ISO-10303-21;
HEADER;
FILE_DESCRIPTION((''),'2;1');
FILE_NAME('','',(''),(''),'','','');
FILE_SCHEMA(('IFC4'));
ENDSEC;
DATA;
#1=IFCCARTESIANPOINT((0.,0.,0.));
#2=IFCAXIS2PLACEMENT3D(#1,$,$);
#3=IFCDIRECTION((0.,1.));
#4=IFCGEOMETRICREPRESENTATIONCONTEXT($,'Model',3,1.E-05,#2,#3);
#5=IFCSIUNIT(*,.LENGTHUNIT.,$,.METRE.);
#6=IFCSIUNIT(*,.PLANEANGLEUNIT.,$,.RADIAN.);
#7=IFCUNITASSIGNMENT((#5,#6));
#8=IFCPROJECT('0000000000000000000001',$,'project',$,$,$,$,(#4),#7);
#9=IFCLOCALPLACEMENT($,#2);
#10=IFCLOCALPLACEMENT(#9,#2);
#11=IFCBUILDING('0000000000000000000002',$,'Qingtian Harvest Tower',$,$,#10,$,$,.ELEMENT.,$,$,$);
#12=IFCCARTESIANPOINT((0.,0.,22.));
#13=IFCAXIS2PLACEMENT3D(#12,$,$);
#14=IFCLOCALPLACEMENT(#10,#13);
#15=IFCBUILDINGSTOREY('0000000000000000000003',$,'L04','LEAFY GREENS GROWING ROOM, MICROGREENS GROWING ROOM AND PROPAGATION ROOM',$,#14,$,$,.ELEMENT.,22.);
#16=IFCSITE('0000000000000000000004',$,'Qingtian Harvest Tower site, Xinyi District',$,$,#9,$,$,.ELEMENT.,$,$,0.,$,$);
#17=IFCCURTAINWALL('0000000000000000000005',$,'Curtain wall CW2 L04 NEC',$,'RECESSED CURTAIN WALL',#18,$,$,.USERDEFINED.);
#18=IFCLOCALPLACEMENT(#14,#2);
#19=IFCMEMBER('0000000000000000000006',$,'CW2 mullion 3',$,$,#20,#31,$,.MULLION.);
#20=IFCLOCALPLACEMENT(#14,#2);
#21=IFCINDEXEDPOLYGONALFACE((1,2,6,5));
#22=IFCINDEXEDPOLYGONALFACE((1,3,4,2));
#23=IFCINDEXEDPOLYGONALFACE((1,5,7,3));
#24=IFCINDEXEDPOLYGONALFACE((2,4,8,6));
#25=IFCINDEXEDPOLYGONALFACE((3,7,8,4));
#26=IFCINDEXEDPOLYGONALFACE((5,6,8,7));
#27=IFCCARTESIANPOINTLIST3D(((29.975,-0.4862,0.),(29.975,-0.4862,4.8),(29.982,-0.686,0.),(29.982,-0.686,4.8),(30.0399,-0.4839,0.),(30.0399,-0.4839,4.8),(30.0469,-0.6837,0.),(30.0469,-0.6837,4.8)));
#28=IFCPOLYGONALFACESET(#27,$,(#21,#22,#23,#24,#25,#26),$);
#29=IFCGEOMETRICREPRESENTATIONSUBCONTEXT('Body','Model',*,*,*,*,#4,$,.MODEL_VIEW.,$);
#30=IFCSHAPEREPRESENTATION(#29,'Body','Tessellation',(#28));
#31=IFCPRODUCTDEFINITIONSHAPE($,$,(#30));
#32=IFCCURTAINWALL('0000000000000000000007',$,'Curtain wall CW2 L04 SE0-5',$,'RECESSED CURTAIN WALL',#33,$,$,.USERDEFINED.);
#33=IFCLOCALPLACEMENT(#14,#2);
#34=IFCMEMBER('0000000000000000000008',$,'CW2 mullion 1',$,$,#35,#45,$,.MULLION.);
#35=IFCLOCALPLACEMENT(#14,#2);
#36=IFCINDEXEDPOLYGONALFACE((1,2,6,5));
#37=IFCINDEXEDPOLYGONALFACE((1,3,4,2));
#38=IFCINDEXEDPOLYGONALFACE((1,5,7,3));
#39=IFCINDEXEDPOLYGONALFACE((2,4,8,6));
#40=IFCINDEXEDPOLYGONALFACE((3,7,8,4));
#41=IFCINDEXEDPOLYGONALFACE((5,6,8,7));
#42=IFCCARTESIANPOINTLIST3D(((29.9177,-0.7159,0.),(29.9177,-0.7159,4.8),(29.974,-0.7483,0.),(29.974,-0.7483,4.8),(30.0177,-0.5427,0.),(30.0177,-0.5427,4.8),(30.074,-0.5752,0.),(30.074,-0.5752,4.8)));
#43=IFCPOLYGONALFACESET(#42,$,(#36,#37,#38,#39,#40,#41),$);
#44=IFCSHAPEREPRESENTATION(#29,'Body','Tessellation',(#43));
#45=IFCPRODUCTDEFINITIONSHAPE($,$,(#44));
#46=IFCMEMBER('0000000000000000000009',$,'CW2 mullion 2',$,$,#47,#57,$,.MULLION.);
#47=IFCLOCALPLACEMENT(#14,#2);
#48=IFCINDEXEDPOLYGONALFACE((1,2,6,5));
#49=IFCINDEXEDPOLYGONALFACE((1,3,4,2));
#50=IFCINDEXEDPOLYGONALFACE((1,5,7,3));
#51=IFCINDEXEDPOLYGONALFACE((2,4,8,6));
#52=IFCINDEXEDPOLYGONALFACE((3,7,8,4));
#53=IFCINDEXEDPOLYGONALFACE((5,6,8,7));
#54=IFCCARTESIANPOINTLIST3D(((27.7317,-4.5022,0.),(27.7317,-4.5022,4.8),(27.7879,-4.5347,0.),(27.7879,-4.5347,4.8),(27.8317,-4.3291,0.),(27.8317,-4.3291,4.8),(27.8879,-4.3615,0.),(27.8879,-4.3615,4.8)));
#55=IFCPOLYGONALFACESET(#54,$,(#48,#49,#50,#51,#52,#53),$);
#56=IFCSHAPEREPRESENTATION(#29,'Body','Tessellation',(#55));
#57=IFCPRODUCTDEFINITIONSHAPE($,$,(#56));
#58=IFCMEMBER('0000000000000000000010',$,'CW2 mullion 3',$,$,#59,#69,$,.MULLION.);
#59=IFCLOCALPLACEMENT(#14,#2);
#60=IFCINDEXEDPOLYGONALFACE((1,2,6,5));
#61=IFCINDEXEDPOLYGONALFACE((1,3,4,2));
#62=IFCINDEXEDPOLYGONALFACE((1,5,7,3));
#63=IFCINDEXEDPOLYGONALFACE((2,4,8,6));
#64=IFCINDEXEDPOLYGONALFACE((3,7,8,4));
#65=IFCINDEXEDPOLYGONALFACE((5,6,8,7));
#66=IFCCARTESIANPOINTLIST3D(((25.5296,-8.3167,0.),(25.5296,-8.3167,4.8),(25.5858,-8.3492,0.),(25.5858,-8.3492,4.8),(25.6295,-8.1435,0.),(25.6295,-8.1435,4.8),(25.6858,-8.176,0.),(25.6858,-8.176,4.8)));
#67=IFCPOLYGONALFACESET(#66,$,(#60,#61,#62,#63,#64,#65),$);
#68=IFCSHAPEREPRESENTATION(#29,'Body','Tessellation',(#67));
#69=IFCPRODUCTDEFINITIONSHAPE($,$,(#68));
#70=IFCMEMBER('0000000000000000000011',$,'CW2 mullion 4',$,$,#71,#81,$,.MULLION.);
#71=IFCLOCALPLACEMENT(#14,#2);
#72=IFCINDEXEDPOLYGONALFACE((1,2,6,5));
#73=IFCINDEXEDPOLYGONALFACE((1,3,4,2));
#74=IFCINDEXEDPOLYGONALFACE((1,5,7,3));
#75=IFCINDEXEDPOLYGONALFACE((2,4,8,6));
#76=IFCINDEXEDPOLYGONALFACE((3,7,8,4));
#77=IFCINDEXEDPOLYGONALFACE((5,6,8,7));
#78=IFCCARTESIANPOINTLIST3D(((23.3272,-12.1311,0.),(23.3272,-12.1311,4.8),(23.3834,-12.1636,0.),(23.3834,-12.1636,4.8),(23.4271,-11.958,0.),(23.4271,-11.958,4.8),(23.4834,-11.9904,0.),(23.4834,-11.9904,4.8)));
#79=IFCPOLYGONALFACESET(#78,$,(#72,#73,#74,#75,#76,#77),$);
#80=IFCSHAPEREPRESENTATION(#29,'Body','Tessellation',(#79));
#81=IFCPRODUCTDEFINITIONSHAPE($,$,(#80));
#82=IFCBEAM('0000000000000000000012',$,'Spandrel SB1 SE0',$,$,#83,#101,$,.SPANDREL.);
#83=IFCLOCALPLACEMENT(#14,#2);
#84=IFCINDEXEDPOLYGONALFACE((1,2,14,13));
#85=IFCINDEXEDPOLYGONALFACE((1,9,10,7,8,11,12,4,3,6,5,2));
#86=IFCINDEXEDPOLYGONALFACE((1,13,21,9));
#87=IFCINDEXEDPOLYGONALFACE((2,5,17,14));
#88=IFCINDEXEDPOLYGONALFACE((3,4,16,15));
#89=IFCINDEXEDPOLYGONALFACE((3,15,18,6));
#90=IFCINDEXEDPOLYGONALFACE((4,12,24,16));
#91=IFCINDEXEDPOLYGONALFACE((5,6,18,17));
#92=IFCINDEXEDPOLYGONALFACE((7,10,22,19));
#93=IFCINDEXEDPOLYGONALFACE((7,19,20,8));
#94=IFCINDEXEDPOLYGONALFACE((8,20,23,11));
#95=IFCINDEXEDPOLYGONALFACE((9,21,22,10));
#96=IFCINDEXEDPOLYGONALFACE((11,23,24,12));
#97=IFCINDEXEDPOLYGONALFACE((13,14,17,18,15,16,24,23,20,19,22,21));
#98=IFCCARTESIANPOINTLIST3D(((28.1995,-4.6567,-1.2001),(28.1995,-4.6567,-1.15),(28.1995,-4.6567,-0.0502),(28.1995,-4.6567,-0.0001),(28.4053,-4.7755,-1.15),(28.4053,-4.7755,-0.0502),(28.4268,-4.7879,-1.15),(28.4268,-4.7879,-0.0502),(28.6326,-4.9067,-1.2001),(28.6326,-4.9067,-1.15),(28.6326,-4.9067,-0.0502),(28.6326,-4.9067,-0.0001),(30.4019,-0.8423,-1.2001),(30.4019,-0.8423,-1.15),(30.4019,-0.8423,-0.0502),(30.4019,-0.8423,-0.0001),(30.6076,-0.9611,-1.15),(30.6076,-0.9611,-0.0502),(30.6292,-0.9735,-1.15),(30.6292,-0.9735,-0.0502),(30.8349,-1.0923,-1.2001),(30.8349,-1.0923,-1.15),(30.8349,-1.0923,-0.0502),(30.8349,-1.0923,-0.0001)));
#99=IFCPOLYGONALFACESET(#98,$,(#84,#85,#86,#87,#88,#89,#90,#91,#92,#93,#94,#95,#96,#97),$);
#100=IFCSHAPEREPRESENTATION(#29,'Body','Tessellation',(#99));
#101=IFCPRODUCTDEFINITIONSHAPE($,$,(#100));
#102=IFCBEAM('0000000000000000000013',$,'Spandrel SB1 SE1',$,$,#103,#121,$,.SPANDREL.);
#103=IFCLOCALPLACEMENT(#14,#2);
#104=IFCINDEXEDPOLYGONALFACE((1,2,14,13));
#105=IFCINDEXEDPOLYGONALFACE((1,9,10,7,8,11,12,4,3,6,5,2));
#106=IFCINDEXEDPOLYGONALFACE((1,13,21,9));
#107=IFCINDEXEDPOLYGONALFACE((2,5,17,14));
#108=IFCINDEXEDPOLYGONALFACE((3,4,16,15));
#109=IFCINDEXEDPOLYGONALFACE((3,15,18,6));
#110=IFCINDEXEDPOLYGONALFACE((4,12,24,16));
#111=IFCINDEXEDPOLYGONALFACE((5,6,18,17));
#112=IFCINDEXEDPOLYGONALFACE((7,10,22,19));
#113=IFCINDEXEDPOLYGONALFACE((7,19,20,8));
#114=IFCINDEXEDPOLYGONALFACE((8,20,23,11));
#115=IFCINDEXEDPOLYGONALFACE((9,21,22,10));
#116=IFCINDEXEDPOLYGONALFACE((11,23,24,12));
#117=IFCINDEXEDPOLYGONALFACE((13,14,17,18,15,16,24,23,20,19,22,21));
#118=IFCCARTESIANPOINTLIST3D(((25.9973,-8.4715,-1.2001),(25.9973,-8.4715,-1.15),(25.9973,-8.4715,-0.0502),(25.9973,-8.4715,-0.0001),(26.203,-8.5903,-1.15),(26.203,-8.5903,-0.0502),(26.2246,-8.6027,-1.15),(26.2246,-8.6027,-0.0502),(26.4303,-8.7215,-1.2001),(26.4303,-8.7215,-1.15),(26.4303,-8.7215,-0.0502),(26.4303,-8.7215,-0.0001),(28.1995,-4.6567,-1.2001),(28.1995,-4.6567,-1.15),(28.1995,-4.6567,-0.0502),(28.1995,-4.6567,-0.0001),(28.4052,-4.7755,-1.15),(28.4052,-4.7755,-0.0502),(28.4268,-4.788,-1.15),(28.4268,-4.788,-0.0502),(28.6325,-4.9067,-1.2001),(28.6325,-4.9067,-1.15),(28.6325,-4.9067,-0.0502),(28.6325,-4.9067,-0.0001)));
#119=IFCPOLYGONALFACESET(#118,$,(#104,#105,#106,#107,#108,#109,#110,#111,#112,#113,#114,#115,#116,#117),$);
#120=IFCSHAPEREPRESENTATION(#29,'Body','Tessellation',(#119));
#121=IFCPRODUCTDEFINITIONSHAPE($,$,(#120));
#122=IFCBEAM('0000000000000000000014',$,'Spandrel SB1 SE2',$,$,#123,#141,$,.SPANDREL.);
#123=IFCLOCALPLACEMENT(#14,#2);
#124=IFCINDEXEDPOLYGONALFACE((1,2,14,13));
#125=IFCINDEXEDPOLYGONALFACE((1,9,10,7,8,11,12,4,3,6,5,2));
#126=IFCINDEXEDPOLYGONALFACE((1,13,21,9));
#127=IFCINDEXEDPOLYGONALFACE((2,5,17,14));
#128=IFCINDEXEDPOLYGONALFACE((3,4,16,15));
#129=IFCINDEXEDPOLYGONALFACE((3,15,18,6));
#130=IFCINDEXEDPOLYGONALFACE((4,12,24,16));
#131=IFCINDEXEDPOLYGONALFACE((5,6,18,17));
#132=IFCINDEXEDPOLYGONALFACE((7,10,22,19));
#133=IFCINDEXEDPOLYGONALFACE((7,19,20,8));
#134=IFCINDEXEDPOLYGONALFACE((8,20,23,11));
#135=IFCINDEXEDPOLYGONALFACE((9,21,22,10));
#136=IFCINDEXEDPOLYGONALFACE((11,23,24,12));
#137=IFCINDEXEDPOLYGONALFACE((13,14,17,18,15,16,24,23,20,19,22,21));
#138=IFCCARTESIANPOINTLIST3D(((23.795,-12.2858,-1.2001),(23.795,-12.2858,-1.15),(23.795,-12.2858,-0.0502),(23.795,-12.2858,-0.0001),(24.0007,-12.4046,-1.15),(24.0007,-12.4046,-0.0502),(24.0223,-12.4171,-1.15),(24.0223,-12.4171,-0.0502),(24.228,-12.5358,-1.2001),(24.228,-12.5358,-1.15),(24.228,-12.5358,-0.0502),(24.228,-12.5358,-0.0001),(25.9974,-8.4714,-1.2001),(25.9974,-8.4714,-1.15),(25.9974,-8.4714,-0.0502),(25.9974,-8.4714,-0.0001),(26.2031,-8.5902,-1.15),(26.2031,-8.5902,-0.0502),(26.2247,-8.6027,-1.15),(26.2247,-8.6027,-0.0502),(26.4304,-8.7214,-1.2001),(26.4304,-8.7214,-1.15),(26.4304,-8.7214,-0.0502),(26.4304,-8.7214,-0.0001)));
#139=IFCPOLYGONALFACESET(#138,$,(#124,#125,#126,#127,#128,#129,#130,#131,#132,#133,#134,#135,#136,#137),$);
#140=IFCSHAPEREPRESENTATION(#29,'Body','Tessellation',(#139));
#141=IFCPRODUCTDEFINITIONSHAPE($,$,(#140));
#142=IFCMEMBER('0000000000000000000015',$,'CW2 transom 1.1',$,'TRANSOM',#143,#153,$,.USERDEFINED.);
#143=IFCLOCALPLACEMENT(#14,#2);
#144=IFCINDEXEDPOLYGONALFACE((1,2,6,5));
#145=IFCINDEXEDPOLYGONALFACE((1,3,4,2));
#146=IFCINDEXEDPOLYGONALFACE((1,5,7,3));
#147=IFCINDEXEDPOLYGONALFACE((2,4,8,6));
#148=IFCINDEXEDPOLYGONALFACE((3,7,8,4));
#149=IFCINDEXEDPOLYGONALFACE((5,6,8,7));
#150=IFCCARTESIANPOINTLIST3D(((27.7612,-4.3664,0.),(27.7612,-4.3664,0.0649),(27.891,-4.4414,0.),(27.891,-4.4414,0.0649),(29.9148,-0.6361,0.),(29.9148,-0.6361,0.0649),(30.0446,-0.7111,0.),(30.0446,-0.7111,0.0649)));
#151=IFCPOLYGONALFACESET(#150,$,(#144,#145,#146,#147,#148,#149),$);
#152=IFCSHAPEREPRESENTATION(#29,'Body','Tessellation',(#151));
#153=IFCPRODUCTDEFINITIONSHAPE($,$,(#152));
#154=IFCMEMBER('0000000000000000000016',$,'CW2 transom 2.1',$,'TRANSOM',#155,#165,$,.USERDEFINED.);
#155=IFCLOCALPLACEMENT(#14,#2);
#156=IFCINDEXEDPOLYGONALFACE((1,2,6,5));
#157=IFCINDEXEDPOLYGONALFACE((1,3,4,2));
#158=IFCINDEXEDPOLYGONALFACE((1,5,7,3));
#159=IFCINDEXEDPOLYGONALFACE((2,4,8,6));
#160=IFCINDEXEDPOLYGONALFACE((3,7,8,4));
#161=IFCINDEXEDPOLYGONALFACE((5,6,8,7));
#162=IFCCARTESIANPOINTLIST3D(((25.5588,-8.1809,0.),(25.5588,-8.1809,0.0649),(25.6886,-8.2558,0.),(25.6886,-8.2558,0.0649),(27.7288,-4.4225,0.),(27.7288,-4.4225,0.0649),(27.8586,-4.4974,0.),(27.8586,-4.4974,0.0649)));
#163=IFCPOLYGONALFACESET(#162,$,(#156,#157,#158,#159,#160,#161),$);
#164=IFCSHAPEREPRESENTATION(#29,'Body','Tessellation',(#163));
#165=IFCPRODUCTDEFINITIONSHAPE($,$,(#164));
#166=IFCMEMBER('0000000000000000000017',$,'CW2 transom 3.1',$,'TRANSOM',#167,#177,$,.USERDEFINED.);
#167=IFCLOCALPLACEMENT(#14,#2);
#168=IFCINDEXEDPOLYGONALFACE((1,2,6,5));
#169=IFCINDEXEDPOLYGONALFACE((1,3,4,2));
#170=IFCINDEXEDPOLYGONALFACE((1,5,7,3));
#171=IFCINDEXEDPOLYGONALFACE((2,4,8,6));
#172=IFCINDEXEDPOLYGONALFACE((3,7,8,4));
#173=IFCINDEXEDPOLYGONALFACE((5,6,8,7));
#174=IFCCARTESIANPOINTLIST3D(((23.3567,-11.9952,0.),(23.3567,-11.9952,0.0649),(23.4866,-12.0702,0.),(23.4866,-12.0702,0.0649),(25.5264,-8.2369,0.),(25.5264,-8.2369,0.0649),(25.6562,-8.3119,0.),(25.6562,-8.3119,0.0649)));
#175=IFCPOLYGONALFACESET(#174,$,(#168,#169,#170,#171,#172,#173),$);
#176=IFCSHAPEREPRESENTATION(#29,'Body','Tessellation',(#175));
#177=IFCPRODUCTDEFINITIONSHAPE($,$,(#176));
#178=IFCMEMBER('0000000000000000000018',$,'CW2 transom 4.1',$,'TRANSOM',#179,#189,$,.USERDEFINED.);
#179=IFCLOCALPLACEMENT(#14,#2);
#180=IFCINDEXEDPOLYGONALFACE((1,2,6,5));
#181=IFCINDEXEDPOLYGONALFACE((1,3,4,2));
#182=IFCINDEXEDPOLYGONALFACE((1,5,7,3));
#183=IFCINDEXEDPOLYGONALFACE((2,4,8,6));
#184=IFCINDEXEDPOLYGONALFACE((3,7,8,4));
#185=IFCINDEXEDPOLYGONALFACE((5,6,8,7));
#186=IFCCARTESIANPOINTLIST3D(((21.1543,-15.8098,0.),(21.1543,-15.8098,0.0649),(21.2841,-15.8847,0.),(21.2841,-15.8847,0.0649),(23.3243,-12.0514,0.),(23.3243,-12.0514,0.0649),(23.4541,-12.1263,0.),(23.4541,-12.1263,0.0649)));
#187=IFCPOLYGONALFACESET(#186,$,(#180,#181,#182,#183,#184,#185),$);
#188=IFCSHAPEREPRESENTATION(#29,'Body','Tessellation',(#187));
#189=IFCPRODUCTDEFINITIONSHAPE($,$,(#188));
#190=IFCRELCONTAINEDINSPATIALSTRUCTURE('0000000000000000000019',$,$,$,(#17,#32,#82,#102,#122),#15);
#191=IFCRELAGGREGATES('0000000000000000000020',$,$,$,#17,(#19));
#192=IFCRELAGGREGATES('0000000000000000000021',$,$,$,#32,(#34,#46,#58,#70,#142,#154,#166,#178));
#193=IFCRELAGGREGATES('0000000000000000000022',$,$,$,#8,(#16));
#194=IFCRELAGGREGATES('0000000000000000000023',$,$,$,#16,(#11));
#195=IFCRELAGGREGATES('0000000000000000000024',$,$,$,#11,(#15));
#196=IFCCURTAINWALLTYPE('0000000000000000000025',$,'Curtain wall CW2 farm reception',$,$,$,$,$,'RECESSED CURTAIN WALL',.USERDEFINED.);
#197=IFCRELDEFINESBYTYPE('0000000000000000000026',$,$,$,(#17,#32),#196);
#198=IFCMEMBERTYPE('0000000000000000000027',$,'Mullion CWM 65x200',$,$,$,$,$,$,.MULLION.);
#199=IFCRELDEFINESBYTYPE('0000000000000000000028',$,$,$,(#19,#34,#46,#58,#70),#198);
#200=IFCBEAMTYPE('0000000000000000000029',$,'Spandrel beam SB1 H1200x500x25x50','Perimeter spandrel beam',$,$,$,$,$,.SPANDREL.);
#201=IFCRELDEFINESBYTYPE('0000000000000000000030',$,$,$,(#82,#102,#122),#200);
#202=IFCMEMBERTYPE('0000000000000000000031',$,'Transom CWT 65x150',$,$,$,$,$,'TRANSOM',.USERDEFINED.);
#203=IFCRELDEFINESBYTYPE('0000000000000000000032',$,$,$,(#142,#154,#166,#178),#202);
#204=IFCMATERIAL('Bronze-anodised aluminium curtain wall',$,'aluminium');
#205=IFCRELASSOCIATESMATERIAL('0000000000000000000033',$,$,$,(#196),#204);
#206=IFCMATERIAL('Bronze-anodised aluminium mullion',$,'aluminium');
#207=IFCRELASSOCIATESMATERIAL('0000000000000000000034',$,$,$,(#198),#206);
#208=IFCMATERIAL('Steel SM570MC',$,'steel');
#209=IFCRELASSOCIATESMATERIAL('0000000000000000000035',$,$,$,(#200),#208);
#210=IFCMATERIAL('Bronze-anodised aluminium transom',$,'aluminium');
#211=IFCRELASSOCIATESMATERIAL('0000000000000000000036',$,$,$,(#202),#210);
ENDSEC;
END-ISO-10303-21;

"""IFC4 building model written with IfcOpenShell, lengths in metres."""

from ifc_helpers import new_model, si_unit, direction, frame, origin, origin_2d, place, context, subcontext, project, spatial, rectangle, i_section, extrude, material, material_profile, profile_set, type_object, element, aggregate, save


model = new_model("IFC4")

# Units and contexts
model_context = context("Model", 3, precision=1e-05, world=origin(), true_north=direction((0.0, 1.0)))
body_context = subcontext(model_context, "Body", "Model", "MODEL_VIEW")
ifc_project = project(units=[si_unit("LENGTHUNIT", "METRE"), si_unit("PLANEANGLEUNIT", "RADIAN")], contexts=[model_context])

# Site, building, storey
site_placement = place(None, origin())
site = spatial("IfcSite", under=ifc_project, at=site_placement, Name="Qingtian Harvest Tower site, Xinyi District", CompositionType="ELEMENT", RefElevation=0.0)
building_placement = place(site_placement, origin())
building = spatial("IfcBuilding", under=site, at=building_placement, Name="Qingtian Harvest Tower", CompositionType="ELEMENT")
storey_placement = place(building_placement, frame((0.0, 0.0, 22.0)))
storey = spatial("IfcBuildingStorey", under=building, at=storey_placement, Name="L04", Description="LEAFY GREENS GROWING ROOM, MICROGREENS GROWING ROOM AND PROPAGATION ROOM", CompositionType="ELEMENT", Elevation=22.0)

# Curtain wall, member
ifc_material_1 = material(Name="Bronze-anodised aluminium curtain wall", Category="aluminium")
curtain_wall_type = type_object("IfcCurtainWallType", Name="Curtain wall CW2 farm reception", ElementType="RECESSED CURTAIN WALL", PredefinedType="USERDEFINED", material=ifc_material_1)
curtain_wall_1_placement = place(storey_placement, origin())
curtain_wall_1 = element("IfcCurtainWall", 1, at=curtain_wall_1_placement, inside=storey, type_object=curtain_wall_type, Name="Curtain wall CW2 L04 NEC", ObjectType="RECESSED CURTAIN WALL", PredefinedType="USERDEFINED")
ifc_material_2 = material(Name="Bronze-anodised aluminium mullion", Category="aluminium")
ifc_material_profile_1 = material_profile(ifc_material_2, rectangle(XDim=0.0649, YDim=0.2, at=origin_2d()), Name="AL 65x200")
ifc_profile_set_1 = profile_set([ifc_material_profile_1], Name="Bronze-anodised aluminium mullion")
member_type_1 = type_object("IfcMemberType", Name="Mullion CWM 65x200", PredefinedType="MULLION", material=ifc_profile_set_1)
member_1_placement = place(storey_placement, frame((30.011, -0.585, 0.0), z_axis=(0.0, 0.0, 1.0), x_axis=(0.999391, 0.034899, 0.0)))
member_1 = element("IfcMember", 2, at=member_1_placement, type_object=member_type_1, Name="CW2 mullion 3", PredefinedType="MULLION", context=body_context, shape_type="SweptSolid", body=[
    extrude(rectangle(XDim=0.0649, YDim=0.2, at=origin_2d()), origin(), (0.0, 0.0, 1.0), 4.8),
])
aggregate(curtain_wall_1, [member_1])

# Curtain wall, members
curtain_wall_2_placement = place(storey_placement, origin())
curtain_wall_2 = element("IfcCurtainWall", 3, at=curtain_wall_2_placement, inside=storey, type_object=curtain_wall_type, Name="Curtain wall CW2 L04 SE0-5", ObjectType="RECESSED CURTAIN WALL", PredefinedType="USERDEFINED")
member_2_placement = place(storey_placement, frame((29.9958, -0.6455, 0.0), z_axis=(0.0, 0.0, 1.0), x_axis=(0.866025, -0.5, 0.0)))
member_2 = element("IfcMember", 4, at=member_2_placement, type_object=member_type_1, Name="CW2 mullion 1", PredefinedType="MULLION", context=body_context, shape_type="SweptSolid", body=[
    extrude(rectangle(XDim=0.0649, YDim=0.2, at=origin_2d()), origin(), (0.0, 0.0, 1.0), 4.8),
])
member_3_placement = place(storey_placement, frame((27.8098, -4.4319, 0.0), z_axis=(0.0, 0.0, 1.0), x_axis=(0.866025, -0.5, 0.0)))
member_3 = element("IfcMember", 5, at=member_3_placement, type_object=member_type_1, Name="CW2 mullion 2", PredefinedType="MULLION", context=body_context, shape_type="SweptSolid", body=[
    extrude(rectangle(XDim=0.0649, YDim=0.2, at=origin_2d()), origin(), (0.0, 0.0, 1.0), 4.8),
])
member_4_placement = place(storey_placement, frame((25.6077, -8.2463, 0.0), z_axis=(0.0, 0.0, 1.0), x_axis=(0.866025, -0.5, 0.0)))
member_4 = element("IfcMember", 6, at=member_4_placement, type_object=member_type_1, Name="CW2 mullion 3", PredefinedType="MULLION", context=body_context, shape_type="SweptSolid", body=[
    extrude(rectangle(XDim=0.0649, YDim=0.2, at=origin_2d()), origin(), (0.0, 0.0, 1.0), 4.8),
])
member_5_placement = place(storey_placement, frame((23.4053, -12.0608, 0.0), z_axis=(0.0, 0.0, 1.0), x_axis=(0.866025, -0.5, 0.0)))
member_5 = element("IfcMember", 7, at=member_5_placement, type_object=member_type_1, Name="CW2 mullion 4", PredefinedType="MULLION", context=body_context, shape_type="SweptSolid", body=[
    extrude(rectangle(XDim=0.0649, YDim=0.2, at=origin_2d()), origin(), (0.0, 0.0, 1.0), 4.8),
])

# Beams
ifc_material_3 = material(Name="Steel SM570MC", Category="steel")
ifc_material_profile_2 = material_profile(ifc_material_3, i_section(OverallWidth=0.5, OverallDepth=1.2, WebThickness=0.0249, FlangeThickness=0.05, at=origin_2d()), Name="H1200x500x25x50")
ifc_profile_set_2 = profile_set([ifc_material_profile_2], Name="Steel SM570MC")
beam_type_1 = type_object("IfcBeamType", Name="Spandrel beam SB1 H1200x500x25x50", Description="Perimeter spandrel beam", PredefinedType="SPANDREL", material=ifc_profile_set_2)
beam_1_placement = place(storey_placement, frame((30.6184, -0.9673, -0.6001), z_axis=(-0.50002, -0.866014, 0.0), x_axis=(0.866014, -0.50002, 0.0)))
element("IfcBeam", 8, at=beam_1_placement, inside=storey, type_object=beam_type_1, Name="Spandrel SB1 SE0", PredefinedType="SPANDREL", context=body_context, shape_type="SweptSolid", body=[
    extrude(i_section(OverallWidth=0.5, OverallDepth=1.2, WebThickness=0.0249, FlangeThickness=0.05, at=origin_2d()), origin(), (0.0, 0.0, 1.0), 4.4045),
])
beam_2_placement = place(storey_placement, frame((28.416, -4.7817, -0.6001), z_axis=(-0.499954, -0.866052, 0.0), x_axis=(0.866052, -0.499954, 0.0)))
element("IfcBeam", 9, at=beam_2_placement, inside=storey, type_object=beam_type_1, Name="Spandrel SB1 SE1", PredefinedType="SPANDREL", context=body_context, shape_type="SweptSolid", body=[
    extrude(i_section(OverallWidth=0.5, OverallDepth=1.2, WebThickness=0.0249, FlangeThickness=0.05, at=origin_2d()), origin(), (0.0, 0.0, 1.0), 4.4048),
])
beam_3_placement = place(storey_placement, frame((26.2139, -8.5964, -0.6001), z_axis=(-0.50002, -0.866014, 0.0), x_axis=(0.866014, -0.50002, 0.0)))
element("IfcBeam", 10, at=beam_3_placement, inside=storey, type_object=beam_type_1, Name="Spandrel SB1 SE2", PredefinedType="SPANDREL", context=body_context, shape_type="SweptSolid", body=[
    extrude(i_section(OverallWidth=0.5, OverallDepth=1.2, WebThickness=0.0249, FlangeThickness=0.05, at=origin_2d()), origin(), (0.0, 0.0, 1.0), 4.4045),
])

# Members
ifc_material_4 = material(Name="Bronze-anodised aluminium transom", Category="aluminium")
ifc_material_profile_3 = material_profile(ifc_material_4, rectangle(XDim=0.1499, YDim=0.0649, at=origin_2d()), Name="AL 65x150")
ifc_profile_set_3 = profile_set([ifc_material_profile_3], Name="Bronze-anodised aluminium transom")
member_type_2 = type_object("IfcMemberType", Name="Transom CWT 65x150", ElementType="TRANSOM", PredefinedType="USERDEFINED", material=ifc_profile_set_3)
member_6_placement = place(storey_placement, frame((29.9797, -0.6736, 0.0325), z_axis=(-0.499986, -0.866034, 0.0), x_axis=(0.866034, -0.499986, 0.0)))
member_6 = element("IfcMember", 11, at=member_6_placement, type_object=member_type_2, Name="CW2 transom 1.1", ObjectType="TRANSOM", PredefinedType="USERDEFINED", context=body_context, shape_type="SweptSolid", body=[
    extrude(rectangle(XDim=0.1499, YDim=0.0649, at=origin_2d()), origin(), (0.0, 0.0, 1.0), 4.3074),
])
member_7_placement = place(storey_placement, frame((27.7937, -4.46, 0.0325), z_axis=(-0.500011, -0.866019, 0.0), x_axis=(0.866019, -0.500011, 0.0)))
member_7 = element("IfcMember", 12, at=member_7_placement, type_object=member_type_2, Name="CW2 transom 2.1", ObjectType="TRANSOM", PredefinedType="USERDEFINED", context=body_context, shape_type="SweptSolid", body=[
    extrude(rectangle(XDim=0.1499, YDim=0.0649, at=origin_2d()), origin(), (0.0, 0.0, 1.0), 4.3398),
])
member_8_placement = place(storey_placement, frame((25.5913, -8.2744, 0.0325), z_axis=(-0.499969, -0.866043, 0.0), x_axis=(0.866043, -0.499969, 0.0)))
member_8 = element("IfcMember", 13, at=member_8_placement, type_object=member_type_2, Name="CW2 transom 3.1", ObjectType="TRANSOM", PredefinedType="USERDEFINED", context=body_context, shape_type="SweptSolid", body=[
    extrude(rectangle(XDim=0.1499, YDim=0.0649, at=origin_2d()), origin(), (0.0, 0.0, 1.0), 4.3396),
])
member_9_placement = place(storey_placement, frame((23.3892, -12.0889, 0.0325), z_axis=(-0.500011, -0.866019, 0.0), x_axis=(0.866019, -0.500011, 0.0)))
member_9 = element("IfcMember", 14, at=member_9_placement, type_object=member_type_2, Name="CW2 transom 4.1", ObjectType="TRANSOM", PredefinedType="USERDEFINED", context=body_context, shape_type="SweptSolid", body=[
    extrude(rectangle(XDim=0.1499, YDim=0.0649, at=origin_2d()), origin(), (0.0, 0.0, 1.0), 4.3398),
])

aggregate(curtain_wall_2, [member_2, member_3, member_4, member_5, member_6, member_7, member_8, member_9])

save(model, "model.ifc")
